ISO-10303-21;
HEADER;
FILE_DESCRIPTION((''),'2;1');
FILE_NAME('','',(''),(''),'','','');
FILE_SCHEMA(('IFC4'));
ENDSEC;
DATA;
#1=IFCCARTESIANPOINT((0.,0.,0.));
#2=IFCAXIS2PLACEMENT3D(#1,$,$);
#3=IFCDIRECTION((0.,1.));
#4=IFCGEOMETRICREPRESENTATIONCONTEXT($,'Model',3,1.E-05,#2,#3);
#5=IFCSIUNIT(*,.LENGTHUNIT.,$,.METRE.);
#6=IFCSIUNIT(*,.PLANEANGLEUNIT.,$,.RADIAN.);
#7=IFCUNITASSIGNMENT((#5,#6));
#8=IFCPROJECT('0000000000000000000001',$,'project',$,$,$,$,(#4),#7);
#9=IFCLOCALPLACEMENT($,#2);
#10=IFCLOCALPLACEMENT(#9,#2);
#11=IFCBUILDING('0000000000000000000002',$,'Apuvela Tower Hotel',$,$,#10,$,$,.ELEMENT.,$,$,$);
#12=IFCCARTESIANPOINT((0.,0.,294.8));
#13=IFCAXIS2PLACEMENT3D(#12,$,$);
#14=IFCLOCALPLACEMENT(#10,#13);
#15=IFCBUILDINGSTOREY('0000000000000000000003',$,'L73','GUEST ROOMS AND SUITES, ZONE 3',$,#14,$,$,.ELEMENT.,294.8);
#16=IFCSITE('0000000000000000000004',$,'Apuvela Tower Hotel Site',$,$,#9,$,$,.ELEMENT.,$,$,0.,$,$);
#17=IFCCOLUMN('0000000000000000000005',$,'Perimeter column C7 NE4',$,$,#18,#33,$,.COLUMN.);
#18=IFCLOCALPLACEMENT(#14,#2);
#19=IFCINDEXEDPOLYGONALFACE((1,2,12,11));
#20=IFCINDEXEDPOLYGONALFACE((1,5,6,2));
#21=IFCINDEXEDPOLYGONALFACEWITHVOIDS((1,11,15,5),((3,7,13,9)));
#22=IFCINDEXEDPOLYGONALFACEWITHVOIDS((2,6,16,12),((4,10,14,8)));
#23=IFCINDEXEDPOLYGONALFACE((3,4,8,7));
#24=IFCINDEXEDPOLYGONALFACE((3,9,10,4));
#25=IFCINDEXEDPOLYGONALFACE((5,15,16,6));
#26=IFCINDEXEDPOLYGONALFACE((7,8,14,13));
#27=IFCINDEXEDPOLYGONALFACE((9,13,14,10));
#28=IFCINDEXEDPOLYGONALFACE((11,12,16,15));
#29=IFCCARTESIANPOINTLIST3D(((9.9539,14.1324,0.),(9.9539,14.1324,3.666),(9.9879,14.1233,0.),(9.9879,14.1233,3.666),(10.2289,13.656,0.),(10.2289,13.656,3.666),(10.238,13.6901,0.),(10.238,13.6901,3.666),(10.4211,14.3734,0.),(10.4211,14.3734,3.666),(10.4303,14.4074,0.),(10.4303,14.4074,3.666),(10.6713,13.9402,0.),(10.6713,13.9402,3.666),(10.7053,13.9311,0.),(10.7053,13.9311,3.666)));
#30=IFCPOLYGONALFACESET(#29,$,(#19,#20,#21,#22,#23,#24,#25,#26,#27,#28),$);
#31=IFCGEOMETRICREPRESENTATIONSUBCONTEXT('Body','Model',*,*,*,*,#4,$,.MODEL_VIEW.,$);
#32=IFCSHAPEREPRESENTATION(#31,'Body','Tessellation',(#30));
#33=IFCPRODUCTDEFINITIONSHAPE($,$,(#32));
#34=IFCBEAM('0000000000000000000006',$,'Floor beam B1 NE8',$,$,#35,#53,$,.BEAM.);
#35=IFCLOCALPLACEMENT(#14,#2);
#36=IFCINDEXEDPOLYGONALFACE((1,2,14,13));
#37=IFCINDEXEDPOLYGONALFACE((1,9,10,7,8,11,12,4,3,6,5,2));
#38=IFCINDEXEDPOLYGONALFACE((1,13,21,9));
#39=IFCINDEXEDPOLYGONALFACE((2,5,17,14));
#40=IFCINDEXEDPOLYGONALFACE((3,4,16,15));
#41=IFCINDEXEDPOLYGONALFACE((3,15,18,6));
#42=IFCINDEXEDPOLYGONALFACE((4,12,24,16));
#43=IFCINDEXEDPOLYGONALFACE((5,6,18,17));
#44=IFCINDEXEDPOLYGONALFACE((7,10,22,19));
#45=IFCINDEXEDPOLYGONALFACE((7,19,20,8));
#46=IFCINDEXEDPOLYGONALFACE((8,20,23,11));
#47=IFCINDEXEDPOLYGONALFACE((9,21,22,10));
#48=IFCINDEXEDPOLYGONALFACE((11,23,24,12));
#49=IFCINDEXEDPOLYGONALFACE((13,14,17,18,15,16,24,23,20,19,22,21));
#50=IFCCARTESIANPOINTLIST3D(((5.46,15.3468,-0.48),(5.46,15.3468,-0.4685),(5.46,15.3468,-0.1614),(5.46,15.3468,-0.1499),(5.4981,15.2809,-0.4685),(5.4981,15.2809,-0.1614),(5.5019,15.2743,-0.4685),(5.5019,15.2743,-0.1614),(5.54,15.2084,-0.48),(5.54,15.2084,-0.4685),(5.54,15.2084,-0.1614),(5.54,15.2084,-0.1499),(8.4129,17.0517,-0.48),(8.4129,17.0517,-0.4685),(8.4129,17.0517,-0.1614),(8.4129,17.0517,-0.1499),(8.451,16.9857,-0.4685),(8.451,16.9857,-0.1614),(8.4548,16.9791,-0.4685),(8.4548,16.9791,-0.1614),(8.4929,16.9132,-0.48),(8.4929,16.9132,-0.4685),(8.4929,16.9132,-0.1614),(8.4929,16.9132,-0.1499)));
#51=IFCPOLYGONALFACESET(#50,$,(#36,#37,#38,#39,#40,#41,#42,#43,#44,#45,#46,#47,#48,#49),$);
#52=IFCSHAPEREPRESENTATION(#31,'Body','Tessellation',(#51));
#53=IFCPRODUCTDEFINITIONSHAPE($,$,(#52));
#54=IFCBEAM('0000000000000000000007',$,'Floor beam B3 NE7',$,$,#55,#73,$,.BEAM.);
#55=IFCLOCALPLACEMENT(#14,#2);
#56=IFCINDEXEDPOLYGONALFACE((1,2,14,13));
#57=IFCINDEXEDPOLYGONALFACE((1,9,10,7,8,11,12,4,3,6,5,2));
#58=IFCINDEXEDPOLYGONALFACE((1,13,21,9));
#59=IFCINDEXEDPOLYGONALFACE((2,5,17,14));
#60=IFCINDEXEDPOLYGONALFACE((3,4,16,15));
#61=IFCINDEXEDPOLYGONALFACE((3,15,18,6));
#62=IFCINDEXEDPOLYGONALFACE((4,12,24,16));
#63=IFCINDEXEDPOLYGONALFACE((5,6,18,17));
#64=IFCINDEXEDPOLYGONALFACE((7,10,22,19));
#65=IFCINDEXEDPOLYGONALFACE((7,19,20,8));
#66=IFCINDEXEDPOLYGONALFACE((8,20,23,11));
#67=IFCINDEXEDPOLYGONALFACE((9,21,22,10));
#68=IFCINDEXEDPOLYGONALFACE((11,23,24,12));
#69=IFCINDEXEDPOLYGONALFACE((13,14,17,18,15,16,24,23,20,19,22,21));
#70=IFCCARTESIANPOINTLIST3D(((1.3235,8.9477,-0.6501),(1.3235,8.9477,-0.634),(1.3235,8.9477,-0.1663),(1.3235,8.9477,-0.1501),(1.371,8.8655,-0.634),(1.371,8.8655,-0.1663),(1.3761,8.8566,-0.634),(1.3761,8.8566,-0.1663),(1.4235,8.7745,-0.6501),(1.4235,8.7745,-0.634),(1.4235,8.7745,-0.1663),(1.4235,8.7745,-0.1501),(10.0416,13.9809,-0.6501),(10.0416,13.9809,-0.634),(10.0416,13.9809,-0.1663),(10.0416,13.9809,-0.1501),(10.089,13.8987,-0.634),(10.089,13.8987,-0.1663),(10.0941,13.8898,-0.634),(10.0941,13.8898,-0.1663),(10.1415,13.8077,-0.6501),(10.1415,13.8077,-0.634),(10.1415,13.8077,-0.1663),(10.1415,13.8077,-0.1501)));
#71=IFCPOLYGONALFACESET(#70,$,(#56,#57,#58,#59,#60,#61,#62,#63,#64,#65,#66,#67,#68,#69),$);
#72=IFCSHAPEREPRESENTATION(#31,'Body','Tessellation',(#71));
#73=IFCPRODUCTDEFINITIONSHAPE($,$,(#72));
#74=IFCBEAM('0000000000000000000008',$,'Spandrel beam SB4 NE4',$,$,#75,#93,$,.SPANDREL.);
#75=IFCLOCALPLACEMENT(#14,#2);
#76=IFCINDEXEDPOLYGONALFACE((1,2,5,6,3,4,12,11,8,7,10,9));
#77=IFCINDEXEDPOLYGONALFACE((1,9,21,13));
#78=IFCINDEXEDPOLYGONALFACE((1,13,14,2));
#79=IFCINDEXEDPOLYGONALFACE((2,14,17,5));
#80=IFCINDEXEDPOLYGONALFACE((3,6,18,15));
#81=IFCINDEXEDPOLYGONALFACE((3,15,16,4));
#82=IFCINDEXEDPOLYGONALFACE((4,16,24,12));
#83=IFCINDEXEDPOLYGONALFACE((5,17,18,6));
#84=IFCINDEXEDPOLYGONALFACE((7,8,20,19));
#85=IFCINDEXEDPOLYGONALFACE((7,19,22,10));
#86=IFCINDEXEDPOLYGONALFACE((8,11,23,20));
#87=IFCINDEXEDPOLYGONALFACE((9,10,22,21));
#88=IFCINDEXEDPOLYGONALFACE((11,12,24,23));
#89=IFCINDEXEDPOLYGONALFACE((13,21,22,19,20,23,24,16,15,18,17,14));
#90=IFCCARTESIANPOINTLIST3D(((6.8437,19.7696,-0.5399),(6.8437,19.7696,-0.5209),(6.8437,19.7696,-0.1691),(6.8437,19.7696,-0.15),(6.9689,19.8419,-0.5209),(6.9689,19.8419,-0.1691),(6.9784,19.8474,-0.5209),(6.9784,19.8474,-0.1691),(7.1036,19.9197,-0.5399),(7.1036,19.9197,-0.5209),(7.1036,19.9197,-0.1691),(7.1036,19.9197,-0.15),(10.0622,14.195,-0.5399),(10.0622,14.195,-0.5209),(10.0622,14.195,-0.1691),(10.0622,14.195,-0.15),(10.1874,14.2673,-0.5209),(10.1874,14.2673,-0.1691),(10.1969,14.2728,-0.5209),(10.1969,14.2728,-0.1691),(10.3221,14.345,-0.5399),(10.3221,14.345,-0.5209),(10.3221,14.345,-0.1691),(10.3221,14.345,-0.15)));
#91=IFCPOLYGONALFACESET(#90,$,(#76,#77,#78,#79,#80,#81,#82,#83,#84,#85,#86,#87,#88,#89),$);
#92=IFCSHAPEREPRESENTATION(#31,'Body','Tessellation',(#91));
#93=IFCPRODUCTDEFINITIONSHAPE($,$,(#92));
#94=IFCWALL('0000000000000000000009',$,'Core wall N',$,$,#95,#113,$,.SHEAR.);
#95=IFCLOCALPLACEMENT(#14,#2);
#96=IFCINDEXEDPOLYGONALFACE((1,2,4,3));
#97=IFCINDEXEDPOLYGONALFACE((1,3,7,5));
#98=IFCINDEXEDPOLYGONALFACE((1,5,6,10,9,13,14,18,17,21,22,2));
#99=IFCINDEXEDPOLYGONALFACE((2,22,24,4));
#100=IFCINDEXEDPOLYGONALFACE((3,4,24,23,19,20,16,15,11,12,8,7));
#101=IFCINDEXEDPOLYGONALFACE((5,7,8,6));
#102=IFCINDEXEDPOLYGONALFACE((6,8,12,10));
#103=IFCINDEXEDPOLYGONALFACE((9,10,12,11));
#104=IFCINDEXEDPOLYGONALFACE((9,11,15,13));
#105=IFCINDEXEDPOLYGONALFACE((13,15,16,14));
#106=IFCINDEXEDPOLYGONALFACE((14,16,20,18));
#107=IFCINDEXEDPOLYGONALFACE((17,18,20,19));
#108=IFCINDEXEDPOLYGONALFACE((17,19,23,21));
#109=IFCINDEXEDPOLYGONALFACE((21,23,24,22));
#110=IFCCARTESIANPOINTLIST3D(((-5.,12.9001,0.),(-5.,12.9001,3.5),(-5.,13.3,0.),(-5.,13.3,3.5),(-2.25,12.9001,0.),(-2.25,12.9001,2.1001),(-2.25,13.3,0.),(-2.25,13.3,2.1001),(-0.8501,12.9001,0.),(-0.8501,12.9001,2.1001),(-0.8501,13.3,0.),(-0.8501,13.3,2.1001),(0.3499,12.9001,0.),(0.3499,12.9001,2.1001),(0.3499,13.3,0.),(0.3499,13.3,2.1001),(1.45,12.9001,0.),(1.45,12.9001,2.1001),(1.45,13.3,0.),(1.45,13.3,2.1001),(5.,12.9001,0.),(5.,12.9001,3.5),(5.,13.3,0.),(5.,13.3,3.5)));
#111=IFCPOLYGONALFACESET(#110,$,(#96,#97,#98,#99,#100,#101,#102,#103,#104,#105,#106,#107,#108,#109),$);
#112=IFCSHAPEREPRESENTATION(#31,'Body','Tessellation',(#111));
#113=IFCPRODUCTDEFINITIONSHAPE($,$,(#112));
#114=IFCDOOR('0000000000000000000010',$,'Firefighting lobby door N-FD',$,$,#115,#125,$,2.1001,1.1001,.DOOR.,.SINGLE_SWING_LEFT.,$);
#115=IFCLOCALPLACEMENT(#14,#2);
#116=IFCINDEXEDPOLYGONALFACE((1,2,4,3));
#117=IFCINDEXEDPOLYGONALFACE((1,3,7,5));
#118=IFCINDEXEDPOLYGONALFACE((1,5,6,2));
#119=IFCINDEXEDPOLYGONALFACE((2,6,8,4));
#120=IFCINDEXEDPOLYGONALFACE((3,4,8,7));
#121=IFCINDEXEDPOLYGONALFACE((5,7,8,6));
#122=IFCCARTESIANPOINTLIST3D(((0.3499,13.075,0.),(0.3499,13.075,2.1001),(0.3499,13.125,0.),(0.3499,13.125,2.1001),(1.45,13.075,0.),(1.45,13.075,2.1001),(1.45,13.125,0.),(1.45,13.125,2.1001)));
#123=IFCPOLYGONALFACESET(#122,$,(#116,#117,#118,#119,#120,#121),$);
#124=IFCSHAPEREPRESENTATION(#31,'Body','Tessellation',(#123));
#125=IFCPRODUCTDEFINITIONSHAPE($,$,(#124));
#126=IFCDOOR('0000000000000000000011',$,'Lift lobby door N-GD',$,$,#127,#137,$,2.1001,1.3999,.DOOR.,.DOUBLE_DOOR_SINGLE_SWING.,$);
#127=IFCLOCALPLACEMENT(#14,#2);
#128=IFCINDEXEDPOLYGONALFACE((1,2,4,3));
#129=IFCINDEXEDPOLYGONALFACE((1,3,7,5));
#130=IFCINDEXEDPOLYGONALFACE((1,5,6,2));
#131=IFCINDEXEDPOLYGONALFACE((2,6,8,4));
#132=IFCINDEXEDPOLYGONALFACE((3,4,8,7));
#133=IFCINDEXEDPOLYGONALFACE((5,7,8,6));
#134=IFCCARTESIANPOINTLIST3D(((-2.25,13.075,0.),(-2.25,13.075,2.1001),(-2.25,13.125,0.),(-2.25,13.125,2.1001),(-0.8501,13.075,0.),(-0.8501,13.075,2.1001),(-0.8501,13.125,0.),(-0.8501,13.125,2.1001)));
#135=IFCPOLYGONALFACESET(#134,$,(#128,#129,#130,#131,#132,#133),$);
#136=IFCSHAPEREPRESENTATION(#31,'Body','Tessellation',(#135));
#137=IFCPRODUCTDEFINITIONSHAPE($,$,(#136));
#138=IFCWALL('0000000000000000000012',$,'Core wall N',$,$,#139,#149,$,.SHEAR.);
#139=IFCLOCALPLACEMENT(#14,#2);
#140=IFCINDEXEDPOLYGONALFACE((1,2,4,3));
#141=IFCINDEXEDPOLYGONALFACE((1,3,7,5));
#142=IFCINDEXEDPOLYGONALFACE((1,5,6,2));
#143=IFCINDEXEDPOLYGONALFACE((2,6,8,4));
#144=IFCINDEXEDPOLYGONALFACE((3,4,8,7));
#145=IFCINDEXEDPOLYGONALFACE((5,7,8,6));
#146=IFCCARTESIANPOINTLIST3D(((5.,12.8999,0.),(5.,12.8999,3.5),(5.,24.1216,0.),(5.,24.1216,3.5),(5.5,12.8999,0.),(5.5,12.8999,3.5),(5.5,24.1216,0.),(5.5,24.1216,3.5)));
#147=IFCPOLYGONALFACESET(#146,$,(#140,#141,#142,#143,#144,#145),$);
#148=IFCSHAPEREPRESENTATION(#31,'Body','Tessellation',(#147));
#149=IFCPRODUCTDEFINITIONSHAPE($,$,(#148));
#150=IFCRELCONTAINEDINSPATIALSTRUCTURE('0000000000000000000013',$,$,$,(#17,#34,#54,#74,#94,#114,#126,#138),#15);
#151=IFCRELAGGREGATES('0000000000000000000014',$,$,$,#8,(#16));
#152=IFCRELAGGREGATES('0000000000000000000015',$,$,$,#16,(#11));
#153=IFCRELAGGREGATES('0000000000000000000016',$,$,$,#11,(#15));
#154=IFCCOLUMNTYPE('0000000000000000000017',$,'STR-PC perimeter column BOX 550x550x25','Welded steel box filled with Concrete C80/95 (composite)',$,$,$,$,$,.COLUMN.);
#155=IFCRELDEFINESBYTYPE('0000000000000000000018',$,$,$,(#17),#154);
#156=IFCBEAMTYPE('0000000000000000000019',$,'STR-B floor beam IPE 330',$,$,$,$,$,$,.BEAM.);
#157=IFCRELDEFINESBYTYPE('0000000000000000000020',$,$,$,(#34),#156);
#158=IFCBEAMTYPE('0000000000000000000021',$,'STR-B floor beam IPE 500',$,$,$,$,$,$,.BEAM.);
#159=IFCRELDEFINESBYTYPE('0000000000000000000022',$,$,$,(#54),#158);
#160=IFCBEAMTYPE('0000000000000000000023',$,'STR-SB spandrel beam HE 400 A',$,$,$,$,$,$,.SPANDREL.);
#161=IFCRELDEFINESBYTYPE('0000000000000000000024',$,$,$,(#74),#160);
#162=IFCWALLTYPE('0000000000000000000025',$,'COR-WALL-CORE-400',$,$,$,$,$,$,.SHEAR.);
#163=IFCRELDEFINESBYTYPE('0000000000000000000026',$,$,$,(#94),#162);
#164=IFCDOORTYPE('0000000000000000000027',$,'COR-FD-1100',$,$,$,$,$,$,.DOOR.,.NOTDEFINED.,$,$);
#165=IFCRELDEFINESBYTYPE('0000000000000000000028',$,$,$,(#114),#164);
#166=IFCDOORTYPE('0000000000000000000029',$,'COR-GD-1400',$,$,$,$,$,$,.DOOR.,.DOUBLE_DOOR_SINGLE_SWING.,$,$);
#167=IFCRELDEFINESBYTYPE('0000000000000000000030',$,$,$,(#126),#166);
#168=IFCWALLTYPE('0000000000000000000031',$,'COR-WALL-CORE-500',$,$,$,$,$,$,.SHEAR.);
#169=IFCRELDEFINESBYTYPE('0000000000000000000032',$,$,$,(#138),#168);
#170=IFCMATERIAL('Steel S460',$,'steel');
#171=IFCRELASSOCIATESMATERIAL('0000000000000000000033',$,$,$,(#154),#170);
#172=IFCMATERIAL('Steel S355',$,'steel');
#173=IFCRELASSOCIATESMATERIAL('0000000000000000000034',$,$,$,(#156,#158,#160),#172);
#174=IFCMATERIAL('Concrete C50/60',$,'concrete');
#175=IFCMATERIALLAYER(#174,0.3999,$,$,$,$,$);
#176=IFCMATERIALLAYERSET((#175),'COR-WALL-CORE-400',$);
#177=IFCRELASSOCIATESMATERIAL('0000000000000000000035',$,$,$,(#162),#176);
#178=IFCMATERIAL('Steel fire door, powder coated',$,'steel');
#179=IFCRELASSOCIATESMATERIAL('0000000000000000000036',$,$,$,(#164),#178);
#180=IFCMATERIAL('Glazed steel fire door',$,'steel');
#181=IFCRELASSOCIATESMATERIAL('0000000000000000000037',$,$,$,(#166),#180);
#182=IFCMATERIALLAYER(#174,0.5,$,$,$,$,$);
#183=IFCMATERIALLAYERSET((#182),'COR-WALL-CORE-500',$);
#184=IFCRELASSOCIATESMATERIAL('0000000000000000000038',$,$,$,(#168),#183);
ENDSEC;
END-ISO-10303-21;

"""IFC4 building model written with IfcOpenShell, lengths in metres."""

from ifc_helpers import new_model, si_unit, direction, frame, frame_2d, origin, origin_2d, place, context, subcontext, project, spatial, rectangle, hollow_rectangle, i_section, extrude, boolean, halfspace, material, layer, layer_set, material_profile, profile_set, type_object, element, fill, save


model = new_model("IFC4")

# Units and contexts
model_context = context("Model", 3, precision=1e-05, world=origin(), true_north=direction((0.0, 1.0)))
body_context = subcontext(model_context, "Body", "Model", "MODEL_VIEW")
ifc_project = project(units=[si_unit("LENGTHUNIT", "METRE"), si_unit("PLANEANGLEUNIT", "RADIAN")], contexts=[model_context])

# Site, building, storey
site_placement = place(None, origin())
site = spatial("IfcSite", under=ifc_project, at=site_placement, Name="Apuvela Tower Hotel Site", CompositionType="ELEMENT", RefElevation=0.0)
building_placement = place(site_placement, origin())
building = spatial("IfcBuilding", under=site, at=building_placement, Name="Apuvela Tower Hotel", CompositionType="ELEMENT")
storey_placement = place(building_placement, frame((0.0, 0.0, 294.8)))
storey = spatial("IfcBuildingStorey", under=building, at=storey_placement, Name="L73", Description="GUEST ROOMS AND SUITES, ZONE 3", CompositionType="ELEMENT", Elevation=294.8)

# Column
ifc_material_1 = material(Name="Steel S460", Category="steel")
ifc_material_profile_1 = material_profile(ifc_material_1, hollow_rectangle(XDim=0.55, YDim=0.55, WallThickness=0.0249, at=origin_2d()), Name="BOX 550x550x25")
ifc_material_2 = material(Name="Concrete C80/95", Category="concrete")
ifc_material_profile_2 = material_profile(ifc_material_2, rectangle(XDim=0.5, YDim=0.5, at=origin_2d()), Name="Concrete C80/95 infill")
ifc_profile_set_1 = profile_set([ifc_material_profile_1, ifc_material_profile_2], Name="Steel S460")
column_type = type_object("IfcColumnType", Name="STR-PC perimeter column BOX 550x550x25", Description="Welded steel box filled with Concrete C80/95 (composite)", PredefinedType="COLUMN", material=ifc_profile_set_1)
column_placement = place(storey_placement, frame((10.3296, 14.0317, 0.0), z_axis=(0.0, 0.0, 1.0), x_axis=(-0.5, 0.866025, 0.0)))
element("IfcColumn", 1, at=column_placement, inside=storey, type_object=column_type, Name="Perimeter column C7 NE4", PredefinedType="COLUMN", context=body_context, shape_type="SweptSolid", body=[
    boolean("DIFFERENCE", extrude(hollow_rectangle(XDim=0.55, YDim=0.55, WallThickness=0.0249, at=origin_2d()), origin(), (0.0, 0.0, 1.0), 3.7), halfspace(frame((0.0, 0.0, 3.666), z_axis=(0.0, 0.0, 1.0), x_axis=(1.0, 0.0, 0.0)), False)),
])

# Beams
ifc_material_3 = material(Name="Steel S355", Category="steel")
ifc_material_profile_3 = material_profile(ifc_material_3, i_section(OverallWidth=0.1599, OverallDepth=0.3301, WebThickness=0.0076, FlangeThickness=0.0115, at=origin_2d()), Name="IPE 330")
ifc_profile_set_2 = profile_set([ifc_material_profile_3], Name="Steel S355")
beam_type_1 = type_object("IfcBeamType", Name="STR-B floor beam IPE 330", PredefinedType="BEAM", material=ifc_profile_set_2)
beam_1_placement = place(storey_placement, frame((8.4529, 16.9824, -0.3149), z_axis=(-0.866027, -0.499997, 0.0), x_axis=(0.499997, -0.866027, 0.0)))
element("IfcBeam", 2, at=beam_1_placement, inside=storey, type_object=beam_type_1, Name="Floor beam B1 NE8", PredefinedType="BEAM", context=body_context, shape_type="SweptSolid", body=[
    extrude(i_section(OverallWidth=0.1599, OverallDepth=0.3301, WebThickness=0.0076, FlangeThickness=0.0115, at=origin_2d()), origin(), (0.0, 0.0, 1.0), 3.4097),
])
ifc_material_profile_4 = material_profile(ifc_material_3, i_section(OverallWidth=0.2, OverallDepth=0.5, WebThickness=0.0103, FlangeThickness=0.0161, at=origin_2d()), Name="IPE 500")
ifc_profile_set_3 = profile_set([ifc_material_profile_4], Name="Steel S355")
beam_type_2 = type_object("IfcBeamType", Name="STR-B floor beam IPE 500", PredefinedType="BEAM", material=ifc_profile_set_3)
beam_2_placement = place(storey_placement, frame((10.0916, 13.8943, -0.4001), z_axis=(-0.866032, -0.499989, 0.0), x_axis=(0.499989, -0.866032, 0.0)))
element("IfcBeam", 3, at=beam_2_placement, inside=storey, type_object=beam_type_2, Name="Floor beam B3 NE7", PredefinedType="BEAM", context=body_context, shape_type="SweptSolid", body=[
    extrude(i_section(OverallWidth=0.2, OverallDepth=0.5, WebThickness=0.0103, FlangeThickness=0.0161, at=origin_2d()), origin(), (0.0, 0.0, 1.0), 10.0667),
])
ifc_material_profile_5 = material_profile(ifc_material_3, i_section(OverallWidth=0.3, OverallDepth=0.3899, WebThickness=0.011, FlangeThickness=0.019, at=origin_2d()), Name="HE 400 A")
ifc_profile_set_4 = profile_set([ifc_material_profile_5], Name="Steel S355")
beam_type_3 = type_object("IfcBeamType", Name="STR-SB spandrel beam HE 400 A", PredefinedType="SPANDREL", material=ifc_profile_set_4)
beam_3_placement = place(storey_placement, frame((10.1921, 14.27, -0.345), z_axis=(-0.499994, 0.866029, 0.0), x_axis=(-0.866029, -0.499994, 0.0)))
element("IfcBeam", 4, at=beam_3_placement, inside=storey, type_object=beam_type_3, Name="Spandrel beam SB4 NE4", PredefinedType="SPANDREL", context=body_context, shape_type="SweptSolid", body=[
    extrude(i_section(OverallWidth=0.3, OverallDepth=0.3899, WebThickness=0.011, FlangeThickness=0.019, at=origin_2d()), origin(), (0.0, 0.0, 1.0), 6.437),
])

# Wall, openings, doors
ifc_material_4 = material(Name="Concrete C50/60", Category="concrete")
ifc_layer_1 = layer(ifc_material_4, 0.3999)
ifc_layer_set_1 = layer_set([ifc_layer_1], Name="COR-WALL-CORE-400")
wall_type_1 = type_object("IfcWallType", Name="COR-WALL-CORE-400", PredefinedType="SHEAR", material=ifc_layer_set_1)
wall_1_placement = place(storey_placement, frame((5.0, 13.1001, 0.0), z_axis=(0.0, 0.0, 1.0), x_axis=(-1.0, 0.0, 0.0)))
wall_1 = element("IfcWall", 5, at=wall_1_placement, inside=storey, type_object=wall_type_1, Name="Core wall N", PredefinedType="SHEAR", context=body_context, shape_type="SweptSolid", body=[
    extrude(rectangle(XDim=10.0, YDim=0.3999, at=frame_2d((5.0, 0.0))), origin(), (0.0, 0.0, 1.0), 3.5),
])
opening_1_placement = place(wall_1_placement, frame((3.55, 0.0, 0.0)))
opening_1 = element("IfcOpeningElement", 6, at=opening_1_placement, cuts=wall_1, PredefinedType="OPENING", context=body_context, shape_type="SweptSolid", body=[
    extrude(rectangle(XDim=1.1001, YDim=2.1001, at=frame_2d((0.55, 1.05))), frame((0.0, 0.21, 0.0), z_axis=(0.0, -1.0, 0.0), x_axis=(1.0, 0.0, 0.0)), (0.0, 0.0, 1.0), 0.4199),
])
opening_2_placement = place(wall_1_placement, frame((5.8501, 0.0, 0.0)))
opening_2 = element("IfcOpeningElement", 7, at=opening_2_placement, cuts=wall_1, PredefinedType="OPENING", context=body_context, shape_type="SweptSolid", body=[
    extrude(rectangle(XDim=1.3999, YDim=2.1001, at=frame_2d((0.7, 1.05))), frame((0.0, 0.21, 0.0), z_axis=(0.0, -1.0, 0.0), x_axis=(1.0, 0.0, 0.0)), (0.0, 0.0, 1.0), 0.4199),
])
ifc_material_5 = material(Name="Steel fire door, powder coated", Category="steel")
door_type_1 = type_object("IfcDoorType", Name="COR-FD-1100", OperationType="NOTDEFINED", PredefinedType="DOOR", material=ifc_material_5)
door_1_placement = place(opening_1_placement, frame((1.1001, 0.0, 0.0), z_axis=(0.0, 0.0, 1.0), x_axis=(-1.0, 0.0, 0.0)))
door_1 = element("IfcDoor", 8, at=door_1_placement, inside=storey, type_object=door_type_1, Name="Firefighting lobby door N-FD", OperationType="SINGLE_SWING_LEFT", OverallHeight=2.1001, OverallWidth=1.1001, PredefinedType="DOOR", context=body_context, shape_type="SweptSolid", body=[
    extrude(rectangle(XDim=1.1001, YDim=2.1001, at=frame_2d((0.55, 1.05))), frame((0.0, 0.0249, 0.0), z_axis=(0.0, -1.0, 0.0), x_axis=(1.0, 0.0, 0.0)), (0.0, 0.0, 1.0), 0.05),
])
fill(opening_1, door_1)
ifc_material_6 = material(Name="Glazed steel fire door", Category="steel")
door_type_2 = type_object("IfcDoorType", Name="COR-GD-1400", OperationType="DOUBLE_DOOR_SINGLE_SWING", PredefinedType="DOOR", material=ifc_material_6)
door_2_placement = place(opening_2_placement, frame((1.3999, 0.0, 0.0), z_axis=(0.0, 0.0, 1.0), x_axis=(-1.0, 0.0, 0.0)))
door_2 = element("IfcDoor", 9, at=door_2_placement, inside=storey, type_object=door_type_2, Name="Lift lobby door N-GD", OperationType="DOUBLE_DOOR_SINGLE_SWING", OverallHeight=2.1001, OverallWidth=1.3999, PredefinedType="DOOR", context=body_context, shape_type="SweptSolid", body=[
    extrude(rectangle(XDim=1.3999, YDim=2.1001, at=frame_2d((0.7, 1.05))), frame((0.0, 0.0249, 0.0), z_axis=(0.0, -1.0, 0.0), x_axis=(1.0, 0.0, 0.0)), (0.0, 0.0, 1.0), 0.05),
])
fill(opening_2, door_2)

# Wall
ifc_layer_2 = layer(ifc_material_4, 0.5)
ifc_layer_set_2 = layer_set([ifc_layer_2], Name="COR-WALL-CORE-500")
wall_type_2 = type_object("IfcWallType", Name="COR-WALL-CORE-500", PredefinedType="SHEAR", material=ifc_layer_set_2)
wall_2_placement = place(storey_placement, frame((5.25, 12.8999, 0.0), z_axis=(0.0, 0.0, 1.0), x_axis=(0.0, 1.0, 0.0)))
element("IfcWall", 10, at=wall_2_placement, inside=storey, type_object=wall_type_2, Name="Core wall N", PredefinedType="SHEAR", context=body_context, shape_type="SweptSolid", body=[
    extrude(rectangle(XDim=11.2217, YDim=0.5, at=frame_2d((5.6108, 0.0))), origin(), (0.0, 0.0, 1.0), 3.5),
])

save(model, "model.ifc")
